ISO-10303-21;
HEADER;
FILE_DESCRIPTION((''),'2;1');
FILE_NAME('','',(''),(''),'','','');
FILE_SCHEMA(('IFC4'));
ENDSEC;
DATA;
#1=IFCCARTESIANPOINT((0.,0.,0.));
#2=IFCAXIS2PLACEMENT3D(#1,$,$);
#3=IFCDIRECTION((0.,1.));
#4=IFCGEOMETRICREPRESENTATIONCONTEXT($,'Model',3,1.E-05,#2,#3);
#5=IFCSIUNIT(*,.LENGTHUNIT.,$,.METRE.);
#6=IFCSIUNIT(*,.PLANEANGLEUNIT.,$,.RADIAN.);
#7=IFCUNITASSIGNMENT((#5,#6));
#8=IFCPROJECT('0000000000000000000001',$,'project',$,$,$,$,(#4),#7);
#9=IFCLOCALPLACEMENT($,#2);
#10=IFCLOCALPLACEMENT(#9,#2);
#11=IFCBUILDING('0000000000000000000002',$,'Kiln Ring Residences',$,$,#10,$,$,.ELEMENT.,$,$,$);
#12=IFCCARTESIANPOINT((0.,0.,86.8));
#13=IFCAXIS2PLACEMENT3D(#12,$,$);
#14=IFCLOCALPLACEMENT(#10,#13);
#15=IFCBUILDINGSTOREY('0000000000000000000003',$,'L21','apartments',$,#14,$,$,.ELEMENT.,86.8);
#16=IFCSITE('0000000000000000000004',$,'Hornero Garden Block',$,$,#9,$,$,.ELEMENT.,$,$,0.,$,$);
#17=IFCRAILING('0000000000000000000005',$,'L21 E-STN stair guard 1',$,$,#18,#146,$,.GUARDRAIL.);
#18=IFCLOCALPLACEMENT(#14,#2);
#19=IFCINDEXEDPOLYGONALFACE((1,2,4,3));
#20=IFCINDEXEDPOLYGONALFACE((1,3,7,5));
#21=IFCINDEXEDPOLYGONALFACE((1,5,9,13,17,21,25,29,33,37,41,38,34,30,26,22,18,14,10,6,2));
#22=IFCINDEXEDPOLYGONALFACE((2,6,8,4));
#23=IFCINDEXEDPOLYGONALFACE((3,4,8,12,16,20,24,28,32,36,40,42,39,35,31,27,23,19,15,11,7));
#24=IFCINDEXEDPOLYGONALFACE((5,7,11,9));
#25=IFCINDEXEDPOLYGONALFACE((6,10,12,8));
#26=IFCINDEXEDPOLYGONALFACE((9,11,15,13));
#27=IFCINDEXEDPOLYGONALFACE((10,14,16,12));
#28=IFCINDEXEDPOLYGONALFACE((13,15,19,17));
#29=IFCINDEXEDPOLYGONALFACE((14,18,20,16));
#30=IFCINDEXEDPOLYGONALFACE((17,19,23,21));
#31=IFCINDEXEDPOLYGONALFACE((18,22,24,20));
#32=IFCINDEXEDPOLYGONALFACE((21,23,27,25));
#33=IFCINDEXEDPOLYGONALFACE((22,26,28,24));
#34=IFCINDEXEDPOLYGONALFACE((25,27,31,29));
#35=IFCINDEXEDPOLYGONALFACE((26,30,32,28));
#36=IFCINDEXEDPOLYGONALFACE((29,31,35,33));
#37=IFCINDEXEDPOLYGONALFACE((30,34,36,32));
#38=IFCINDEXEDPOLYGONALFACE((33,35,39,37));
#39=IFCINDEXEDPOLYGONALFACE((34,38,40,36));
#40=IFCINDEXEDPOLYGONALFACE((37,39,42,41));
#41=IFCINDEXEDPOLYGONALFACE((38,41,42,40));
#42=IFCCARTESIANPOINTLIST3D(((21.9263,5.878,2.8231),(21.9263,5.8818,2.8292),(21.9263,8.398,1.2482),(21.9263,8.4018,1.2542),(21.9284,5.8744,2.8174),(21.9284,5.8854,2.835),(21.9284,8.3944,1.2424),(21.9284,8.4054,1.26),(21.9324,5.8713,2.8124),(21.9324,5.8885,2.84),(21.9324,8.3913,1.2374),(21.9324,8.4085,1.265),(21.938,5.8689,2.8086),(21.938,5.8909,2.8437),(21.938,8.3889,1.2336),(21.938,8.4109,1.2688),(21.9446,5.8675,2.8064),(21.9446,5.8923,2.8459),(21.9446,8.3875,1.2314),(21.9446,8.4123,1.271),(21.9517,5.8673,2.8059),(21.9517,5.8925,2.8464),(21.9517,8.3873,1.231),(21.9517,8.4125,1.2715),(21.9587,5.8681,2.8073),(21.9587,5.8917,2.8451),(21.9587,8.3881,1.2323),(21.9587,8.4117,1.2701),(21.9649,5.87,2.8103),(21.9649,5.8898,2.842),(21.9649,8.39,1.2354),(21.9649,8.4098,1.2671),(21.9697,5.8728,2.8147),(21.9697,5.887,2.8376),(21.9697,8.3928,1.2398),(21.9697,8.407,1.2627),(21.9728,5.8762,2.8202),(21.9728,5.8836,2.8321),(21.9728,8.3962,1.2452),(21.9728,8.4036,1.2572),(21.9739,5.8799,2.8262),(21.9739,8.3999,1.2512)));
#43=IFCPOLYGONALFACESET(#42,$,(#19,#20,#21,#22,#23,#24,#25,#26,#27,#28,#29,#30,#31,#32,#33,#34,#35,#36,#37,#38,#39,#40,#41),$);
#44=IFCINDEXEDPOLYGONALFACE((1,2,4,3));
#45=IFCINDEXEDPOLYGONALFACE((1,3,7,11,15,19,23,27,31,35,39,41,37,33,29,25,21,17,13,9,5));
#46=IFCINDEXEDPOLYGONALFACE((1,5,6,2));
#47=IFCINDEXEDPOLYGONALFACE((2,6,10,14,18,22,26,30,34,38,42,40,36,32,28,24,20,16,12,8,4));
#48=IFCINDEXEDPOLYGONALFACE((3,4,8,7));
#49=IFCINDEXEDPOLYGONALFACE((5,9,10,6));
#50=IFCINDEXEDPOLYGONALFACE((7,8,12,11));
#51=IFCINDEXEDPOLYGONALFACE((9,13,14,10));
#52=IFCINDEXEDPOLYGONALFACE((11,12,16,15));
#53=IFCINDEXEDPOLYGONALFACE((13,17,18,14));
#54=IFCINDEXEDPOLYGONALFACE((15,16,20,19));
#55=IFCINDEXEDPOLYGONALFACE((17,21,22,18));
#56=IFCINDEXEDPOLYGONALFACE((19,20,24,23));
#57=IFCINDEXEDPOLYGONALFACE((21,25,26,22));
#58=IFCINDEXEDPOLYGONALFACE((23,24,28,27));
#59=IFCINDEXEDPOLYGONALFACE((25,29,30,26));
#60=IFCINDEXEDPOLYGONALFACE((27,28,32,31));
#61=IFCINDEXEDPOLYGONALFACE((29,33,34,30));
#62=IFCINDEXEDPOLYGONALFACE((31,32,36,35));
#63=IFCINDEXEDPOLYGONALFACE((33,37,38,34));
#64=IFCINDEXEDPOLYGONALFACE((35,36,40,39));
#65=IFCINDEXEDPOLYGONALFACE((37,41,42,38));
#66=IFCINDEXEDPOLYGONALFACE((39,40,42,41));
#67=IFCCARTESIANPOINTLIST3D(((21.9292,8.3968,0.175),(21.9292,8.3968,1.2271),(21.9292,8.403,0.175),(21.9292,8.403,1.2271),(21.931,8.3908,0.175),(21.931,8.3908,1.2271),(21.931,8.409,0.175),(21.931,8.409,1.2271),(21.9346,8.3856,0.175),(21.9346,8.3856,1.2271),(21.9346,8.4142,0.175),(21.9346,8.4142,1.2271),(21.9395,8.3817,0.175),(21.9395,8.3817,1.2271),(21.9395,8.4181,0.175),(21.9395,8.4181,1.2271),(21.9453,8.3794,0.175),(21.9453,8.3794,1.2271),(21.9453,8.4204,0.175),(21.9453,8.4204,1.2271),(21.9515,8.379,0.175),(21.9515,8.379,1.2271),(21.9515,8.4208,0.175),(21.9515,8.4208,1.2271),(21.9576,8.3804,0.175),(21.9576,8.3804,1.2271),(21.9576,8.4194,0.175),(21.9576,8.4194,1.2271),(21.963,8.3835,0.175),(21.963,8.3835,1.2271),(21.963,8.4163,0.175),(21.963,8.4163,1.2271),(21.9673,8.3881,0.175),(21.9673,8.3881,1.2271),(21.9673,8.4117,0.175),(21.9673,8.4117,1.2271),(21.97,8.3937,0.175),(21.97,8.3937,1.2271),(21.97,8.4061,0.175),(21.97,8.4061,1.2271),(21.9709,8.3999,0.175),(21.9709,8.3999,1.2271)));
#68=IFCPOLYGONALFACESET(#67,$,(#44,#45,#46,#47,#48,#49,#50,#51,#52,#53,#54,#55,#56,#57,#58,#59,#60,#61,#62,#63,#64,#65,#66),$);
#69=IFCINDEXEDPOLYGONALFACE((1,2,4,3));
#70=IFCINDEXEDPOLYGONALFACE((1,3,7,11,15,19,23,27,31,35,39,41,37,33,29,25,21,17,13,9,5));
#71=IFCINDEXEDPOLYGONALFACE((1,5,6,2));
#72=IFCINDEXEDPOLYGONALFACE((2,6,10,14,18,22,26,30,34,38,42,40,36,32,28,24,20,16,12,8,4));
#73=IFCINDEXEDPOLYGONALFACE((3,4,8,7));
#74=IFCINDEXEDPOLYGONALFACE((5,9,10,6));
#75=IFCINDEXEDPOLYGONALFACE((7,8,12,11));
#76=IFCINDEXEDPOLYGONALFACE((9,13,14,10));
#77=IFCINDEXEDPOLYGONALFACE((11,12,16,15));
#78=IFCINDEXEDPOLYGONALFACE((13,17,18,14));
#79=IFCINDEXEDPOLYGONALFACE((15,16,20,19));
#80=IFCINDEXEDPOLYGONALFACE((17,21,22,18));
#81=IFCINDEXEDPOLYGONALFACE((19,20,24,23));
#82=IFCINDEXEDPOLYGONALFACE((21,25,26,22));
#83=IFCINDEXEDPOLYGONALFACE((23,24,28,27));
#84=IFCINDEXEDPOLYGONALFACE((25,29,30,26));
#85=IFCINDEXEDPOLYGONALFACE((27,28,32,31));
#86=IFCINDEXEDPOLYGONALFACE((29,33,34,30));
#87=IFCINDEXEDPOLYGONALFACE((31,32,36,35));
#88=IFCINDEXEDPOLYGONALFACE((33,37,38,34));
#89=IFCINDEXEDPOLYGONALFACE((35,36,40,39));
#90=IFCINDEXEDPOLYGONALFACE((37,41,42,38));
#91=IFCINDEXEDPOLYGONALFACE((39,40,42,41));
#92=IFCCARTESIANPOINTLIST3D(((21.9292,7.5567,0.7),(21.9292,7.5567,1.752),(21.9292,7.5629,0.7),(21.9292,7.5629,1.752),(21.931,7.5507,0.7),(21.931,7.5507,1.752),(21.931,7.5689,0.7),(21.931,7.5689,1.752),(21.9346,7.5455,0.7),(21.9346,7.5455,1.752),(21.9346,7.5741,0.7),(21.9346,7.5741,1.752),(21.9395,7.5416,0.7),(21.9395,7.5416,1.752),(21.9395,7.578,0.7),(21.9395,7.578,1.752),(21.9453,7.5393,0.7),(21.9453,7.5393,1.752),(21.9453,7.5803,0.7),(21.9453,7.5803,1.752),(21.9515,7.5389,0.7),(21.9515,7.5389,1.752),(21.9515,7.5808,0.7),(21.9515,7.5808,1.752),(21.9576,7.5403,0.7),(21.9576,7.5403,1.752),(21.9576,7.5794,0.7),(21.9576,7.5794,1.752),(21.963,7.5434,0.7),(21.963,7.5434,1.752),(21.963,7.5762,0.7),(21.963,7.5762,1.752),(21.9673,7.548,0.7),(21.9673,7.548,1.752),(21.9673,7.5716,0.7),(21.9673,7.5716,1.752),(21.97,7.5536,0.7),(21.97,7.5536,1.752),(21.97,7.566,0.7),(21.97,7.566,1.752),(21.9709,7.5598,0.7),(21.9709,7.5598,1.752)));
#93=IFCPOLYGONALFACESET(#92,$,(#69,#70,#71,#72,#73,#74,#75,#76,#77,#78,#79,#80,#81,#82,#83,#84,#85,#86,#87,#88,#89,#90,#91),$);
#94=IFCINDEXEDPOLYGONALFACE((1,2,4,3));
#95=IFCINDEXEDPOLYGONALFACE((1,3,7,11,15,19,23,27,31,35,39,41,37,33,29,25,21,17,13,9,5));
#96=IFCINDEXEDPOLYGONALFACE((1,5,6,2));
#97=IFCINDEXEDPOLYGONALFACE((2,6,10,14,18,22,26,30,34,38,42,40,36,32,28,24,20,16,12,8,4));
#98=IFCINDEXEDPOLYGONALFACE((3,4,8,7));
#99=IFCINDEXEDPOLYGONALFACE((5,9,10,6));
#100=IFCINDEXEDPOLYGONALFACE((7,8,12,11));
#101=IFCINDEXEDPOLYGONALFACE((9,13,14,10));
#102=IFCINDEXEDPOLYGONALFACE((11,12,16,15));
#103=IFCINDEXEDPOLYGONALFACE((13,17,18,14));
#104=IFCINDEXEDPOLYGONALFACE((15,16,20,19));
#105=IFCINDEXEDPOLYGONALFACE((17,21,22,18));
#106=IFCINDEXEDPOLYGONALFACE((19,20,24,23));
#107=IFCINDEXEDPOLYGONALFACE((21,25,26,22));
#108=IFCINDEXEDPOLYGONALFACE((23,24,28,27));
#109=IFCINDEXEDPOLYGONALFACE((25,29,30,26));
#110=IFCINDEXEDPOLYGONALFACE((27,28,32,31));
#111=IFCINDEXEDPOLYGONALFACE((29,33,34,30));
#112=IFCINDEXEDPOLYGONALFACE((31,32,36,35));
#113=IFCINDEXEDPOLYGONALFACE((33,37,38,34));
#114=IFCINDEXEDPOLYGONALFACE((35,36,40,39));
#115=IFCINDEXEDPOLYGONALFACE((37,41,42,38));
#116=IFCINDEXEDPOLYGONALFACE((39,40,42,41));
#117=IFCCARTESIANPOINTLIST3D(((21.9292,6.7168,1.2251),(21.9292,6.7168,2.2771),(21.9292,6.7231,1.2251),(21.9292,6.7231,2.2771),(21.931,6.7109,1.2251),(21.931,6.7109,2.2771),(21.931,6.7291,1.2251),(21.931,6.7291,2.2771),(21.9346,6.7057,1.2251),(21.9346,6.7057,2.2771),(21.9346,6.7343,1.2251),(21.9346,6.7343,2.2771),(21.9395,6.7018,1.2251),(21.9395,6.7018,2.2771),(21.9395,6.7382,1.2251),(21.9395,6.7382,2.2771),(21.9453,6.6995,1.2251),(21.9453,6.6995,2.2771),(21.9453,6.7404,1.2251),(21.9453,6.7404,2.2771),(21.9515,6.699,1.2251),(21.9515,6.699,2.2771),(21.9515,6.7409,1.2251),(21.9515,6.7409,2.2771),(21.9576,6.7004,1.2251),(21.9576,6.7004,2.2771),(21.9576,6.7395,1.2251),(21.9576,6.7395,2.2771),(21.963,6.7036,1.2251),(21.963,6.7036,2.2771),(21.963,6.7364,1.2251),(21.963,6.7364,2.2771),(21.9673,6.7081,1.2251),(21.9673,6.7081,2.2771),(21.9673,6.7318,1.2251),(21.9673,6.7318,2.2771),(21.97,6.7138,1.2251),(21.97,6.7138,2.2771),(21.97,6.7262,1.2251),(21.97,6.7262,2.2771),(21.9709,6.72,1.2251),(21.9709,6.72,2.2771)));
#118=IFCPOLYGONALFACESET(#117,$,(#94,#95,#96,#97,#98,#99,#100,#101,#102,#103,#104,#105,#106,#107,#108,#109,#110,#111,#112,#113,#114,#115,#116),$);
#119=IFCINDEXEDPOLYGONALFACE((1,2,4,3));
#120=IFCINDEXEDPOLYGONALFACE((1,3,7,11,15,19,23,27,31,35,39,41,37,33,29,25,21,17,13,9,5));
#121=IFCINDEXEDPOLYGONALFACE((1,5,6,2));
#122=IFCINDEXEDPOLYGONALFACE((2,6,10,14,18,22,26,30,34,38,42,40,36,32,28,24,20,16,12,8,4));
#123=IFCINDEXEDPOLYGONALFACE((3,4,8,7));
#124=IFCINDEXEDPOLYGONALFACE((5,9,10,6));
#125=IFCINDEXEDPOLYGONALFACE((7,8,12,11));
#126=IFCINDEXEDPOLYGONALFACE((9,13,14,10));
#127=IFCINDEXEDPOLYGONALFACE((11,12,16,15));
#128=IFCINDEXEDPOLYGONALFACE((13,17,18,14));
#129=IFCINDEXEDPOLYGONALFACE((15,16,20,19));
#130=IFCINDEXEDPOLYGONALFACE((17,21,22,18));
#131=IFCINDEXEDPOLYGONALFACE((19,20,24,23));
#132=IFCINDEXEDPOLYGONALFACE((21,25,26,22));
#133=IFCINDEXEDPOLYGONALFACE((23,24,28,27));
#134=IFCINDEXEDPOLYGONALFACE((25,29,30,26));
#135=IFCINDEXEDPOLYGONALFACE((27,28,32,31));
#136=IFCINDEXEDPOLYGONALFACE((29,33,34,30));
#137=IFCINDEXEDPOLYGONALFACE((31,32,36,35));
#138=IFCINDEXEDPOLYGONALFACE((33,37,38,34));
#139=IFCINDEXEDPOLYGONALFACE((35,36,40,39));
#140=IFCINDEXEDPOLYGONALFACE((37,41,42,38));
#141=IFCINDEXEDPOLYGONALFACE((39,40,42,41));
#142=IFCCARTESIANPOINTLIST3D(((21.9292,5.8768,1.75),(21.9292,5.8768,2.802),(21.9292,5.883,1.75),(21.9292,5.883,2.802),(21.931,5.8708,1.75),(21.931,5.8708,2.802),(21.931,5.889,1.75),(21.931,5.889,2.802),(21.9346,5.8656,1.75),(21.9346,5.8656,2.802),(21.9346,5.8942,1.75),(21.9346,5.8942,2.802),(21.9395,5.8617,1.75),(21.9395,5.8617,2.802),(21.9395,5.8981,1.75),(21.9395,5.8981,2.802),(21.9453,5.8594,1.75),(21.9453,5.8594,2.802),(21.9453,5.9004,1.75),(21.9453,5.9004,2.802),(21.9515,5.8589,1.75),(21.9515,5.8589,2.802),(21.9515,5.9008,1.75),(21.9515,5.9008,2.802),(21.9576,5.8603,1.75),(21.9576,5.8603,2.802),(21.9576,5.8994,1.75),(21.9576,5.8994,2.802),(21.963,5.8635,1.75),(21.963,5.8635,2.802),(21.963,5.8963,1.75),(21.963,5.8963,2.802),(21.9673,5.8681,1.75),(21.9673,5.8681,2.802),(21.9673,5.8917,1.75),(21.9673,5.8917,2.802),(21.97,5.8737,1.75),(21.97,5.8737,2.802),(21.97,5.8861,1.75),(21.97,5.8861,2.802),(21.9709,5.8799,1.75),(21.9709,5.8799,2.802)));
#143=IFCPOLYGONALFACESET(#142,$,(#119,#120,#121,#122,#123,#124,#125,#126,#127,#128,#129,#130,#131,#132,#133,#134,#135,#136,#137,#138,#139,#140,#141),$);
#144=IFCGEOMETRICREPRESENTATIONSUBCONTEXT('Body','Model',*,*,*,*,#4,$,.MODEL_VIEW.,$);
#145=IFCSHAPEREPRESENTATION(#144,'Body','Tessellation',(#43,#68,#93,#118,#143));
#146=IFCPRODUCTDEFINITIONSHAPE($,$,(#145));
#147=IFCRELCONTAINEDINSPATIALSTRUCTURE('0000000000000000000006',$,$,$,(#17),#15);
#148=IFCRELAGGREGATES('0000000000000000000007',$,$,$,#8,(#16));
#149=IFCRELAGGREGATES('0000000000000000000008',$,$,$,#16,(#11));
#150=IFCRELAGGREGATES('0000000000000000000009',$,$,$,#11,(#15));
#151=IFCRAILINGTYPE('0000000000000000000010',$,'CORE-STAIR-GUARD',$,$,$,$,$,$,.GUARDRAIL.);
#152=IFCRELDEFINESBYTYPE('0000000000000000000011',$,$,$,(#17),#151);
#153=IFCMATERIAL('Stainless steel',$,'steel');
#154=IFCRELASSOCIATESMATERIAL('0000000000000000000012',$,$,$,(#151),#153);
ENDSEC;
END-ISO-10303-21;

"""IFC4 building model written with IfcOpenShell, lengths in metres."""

from ifc_helpers import new_model, si_unit, direction, frame, origin, origin_2d, place, context, subcontext, project, spatial, circle, extrude, material, type_object, element, save


model = new_model("IFC4")

# Units and contexts
model_context = context("Model", 3, precision=1e-05, world=origin(), true_north=direction((0.0, 1.0)))
body_context = subcontext(model_context, "Body", "Model", "MODEL_VIEW")
ifc_project = project(units=[si_unit("LENGTHUNIT", "METRE"), si_unit("PLANEANGLEUNIT", "RADIAN")], contexts=[model_context])

# Site, building, storey
site_placement = place(None, origin())
site = spatial("IfcSite", under=ifc_project, at=site_placement, Name="Hornero Garden Block", CompositionType="ELEMENT", RefElevation=0.0)
building_placement = place(site_placement, origin())
building = spatial("IfcBuilding", under=site, at=building_placement, Name="Kiln Ring Residences", CompositionType="ELEMENT")
storey_placement = place(building_placement, frame((0.0, 0.0, 86.8)))
storey = spatial("IfcBuildingStorey", under=building, at=storey_placement, Name="L21", Description="apartments", CompositionType="ELEMENT", Elevation=86.8)

# Railing
ifc_material_1 = material(Name="Stainless steel", Category="steel")
railing_type = type_object("IfcRailingType", Name="CORE-STAIR-GUARD", PredefinedType="GUARDRAIL", material=ifc_material_1)
railing_1_placement = place(storey_placement, frame((21.95, 8.3999, 0.175)))
element("IfcRailing", 1, at=railing_1_placement, inside=storey, type_object=railing_type, Name="L21 E-STN stair guard 1", PredefinedType="GUARDRAIL", context=body_context, shape_type="SweptSolid", body=[
    extrude(circle(Radius=0.0239, at=origin_2d()), frame((0.0, 0.0, 1.0762), z_axis=(0.0, -0.848008, 0.529984), x_axis=(1.0, 0.0, 0.0)), (0.0, 0.0, 1.0), 2.9717),
    extrude(circle(Radius=0.021, at=origin_2d()), origin(), (0.0, 0.0, 1.0), 1.052),
    extrude(circle(Radius=0.021, at=origin_2d()), frame((0.0, -0.8401, 0.5249)), (0.0, 0.0, 1.0), 1.052),
    extrude(circle(Radius=0.021, at=origin_2d()), frame((0.0, -1.6799, 1.05)), (0.0, 0.0, 1.0), 1.052),
    extrude(circle(Radius=0.021, at=origin_2d()), frame((0.0, -2.52, 1.575)), (0.0, 0.0, 1.0), 1.052),
])

save(model, "model.ifc")
